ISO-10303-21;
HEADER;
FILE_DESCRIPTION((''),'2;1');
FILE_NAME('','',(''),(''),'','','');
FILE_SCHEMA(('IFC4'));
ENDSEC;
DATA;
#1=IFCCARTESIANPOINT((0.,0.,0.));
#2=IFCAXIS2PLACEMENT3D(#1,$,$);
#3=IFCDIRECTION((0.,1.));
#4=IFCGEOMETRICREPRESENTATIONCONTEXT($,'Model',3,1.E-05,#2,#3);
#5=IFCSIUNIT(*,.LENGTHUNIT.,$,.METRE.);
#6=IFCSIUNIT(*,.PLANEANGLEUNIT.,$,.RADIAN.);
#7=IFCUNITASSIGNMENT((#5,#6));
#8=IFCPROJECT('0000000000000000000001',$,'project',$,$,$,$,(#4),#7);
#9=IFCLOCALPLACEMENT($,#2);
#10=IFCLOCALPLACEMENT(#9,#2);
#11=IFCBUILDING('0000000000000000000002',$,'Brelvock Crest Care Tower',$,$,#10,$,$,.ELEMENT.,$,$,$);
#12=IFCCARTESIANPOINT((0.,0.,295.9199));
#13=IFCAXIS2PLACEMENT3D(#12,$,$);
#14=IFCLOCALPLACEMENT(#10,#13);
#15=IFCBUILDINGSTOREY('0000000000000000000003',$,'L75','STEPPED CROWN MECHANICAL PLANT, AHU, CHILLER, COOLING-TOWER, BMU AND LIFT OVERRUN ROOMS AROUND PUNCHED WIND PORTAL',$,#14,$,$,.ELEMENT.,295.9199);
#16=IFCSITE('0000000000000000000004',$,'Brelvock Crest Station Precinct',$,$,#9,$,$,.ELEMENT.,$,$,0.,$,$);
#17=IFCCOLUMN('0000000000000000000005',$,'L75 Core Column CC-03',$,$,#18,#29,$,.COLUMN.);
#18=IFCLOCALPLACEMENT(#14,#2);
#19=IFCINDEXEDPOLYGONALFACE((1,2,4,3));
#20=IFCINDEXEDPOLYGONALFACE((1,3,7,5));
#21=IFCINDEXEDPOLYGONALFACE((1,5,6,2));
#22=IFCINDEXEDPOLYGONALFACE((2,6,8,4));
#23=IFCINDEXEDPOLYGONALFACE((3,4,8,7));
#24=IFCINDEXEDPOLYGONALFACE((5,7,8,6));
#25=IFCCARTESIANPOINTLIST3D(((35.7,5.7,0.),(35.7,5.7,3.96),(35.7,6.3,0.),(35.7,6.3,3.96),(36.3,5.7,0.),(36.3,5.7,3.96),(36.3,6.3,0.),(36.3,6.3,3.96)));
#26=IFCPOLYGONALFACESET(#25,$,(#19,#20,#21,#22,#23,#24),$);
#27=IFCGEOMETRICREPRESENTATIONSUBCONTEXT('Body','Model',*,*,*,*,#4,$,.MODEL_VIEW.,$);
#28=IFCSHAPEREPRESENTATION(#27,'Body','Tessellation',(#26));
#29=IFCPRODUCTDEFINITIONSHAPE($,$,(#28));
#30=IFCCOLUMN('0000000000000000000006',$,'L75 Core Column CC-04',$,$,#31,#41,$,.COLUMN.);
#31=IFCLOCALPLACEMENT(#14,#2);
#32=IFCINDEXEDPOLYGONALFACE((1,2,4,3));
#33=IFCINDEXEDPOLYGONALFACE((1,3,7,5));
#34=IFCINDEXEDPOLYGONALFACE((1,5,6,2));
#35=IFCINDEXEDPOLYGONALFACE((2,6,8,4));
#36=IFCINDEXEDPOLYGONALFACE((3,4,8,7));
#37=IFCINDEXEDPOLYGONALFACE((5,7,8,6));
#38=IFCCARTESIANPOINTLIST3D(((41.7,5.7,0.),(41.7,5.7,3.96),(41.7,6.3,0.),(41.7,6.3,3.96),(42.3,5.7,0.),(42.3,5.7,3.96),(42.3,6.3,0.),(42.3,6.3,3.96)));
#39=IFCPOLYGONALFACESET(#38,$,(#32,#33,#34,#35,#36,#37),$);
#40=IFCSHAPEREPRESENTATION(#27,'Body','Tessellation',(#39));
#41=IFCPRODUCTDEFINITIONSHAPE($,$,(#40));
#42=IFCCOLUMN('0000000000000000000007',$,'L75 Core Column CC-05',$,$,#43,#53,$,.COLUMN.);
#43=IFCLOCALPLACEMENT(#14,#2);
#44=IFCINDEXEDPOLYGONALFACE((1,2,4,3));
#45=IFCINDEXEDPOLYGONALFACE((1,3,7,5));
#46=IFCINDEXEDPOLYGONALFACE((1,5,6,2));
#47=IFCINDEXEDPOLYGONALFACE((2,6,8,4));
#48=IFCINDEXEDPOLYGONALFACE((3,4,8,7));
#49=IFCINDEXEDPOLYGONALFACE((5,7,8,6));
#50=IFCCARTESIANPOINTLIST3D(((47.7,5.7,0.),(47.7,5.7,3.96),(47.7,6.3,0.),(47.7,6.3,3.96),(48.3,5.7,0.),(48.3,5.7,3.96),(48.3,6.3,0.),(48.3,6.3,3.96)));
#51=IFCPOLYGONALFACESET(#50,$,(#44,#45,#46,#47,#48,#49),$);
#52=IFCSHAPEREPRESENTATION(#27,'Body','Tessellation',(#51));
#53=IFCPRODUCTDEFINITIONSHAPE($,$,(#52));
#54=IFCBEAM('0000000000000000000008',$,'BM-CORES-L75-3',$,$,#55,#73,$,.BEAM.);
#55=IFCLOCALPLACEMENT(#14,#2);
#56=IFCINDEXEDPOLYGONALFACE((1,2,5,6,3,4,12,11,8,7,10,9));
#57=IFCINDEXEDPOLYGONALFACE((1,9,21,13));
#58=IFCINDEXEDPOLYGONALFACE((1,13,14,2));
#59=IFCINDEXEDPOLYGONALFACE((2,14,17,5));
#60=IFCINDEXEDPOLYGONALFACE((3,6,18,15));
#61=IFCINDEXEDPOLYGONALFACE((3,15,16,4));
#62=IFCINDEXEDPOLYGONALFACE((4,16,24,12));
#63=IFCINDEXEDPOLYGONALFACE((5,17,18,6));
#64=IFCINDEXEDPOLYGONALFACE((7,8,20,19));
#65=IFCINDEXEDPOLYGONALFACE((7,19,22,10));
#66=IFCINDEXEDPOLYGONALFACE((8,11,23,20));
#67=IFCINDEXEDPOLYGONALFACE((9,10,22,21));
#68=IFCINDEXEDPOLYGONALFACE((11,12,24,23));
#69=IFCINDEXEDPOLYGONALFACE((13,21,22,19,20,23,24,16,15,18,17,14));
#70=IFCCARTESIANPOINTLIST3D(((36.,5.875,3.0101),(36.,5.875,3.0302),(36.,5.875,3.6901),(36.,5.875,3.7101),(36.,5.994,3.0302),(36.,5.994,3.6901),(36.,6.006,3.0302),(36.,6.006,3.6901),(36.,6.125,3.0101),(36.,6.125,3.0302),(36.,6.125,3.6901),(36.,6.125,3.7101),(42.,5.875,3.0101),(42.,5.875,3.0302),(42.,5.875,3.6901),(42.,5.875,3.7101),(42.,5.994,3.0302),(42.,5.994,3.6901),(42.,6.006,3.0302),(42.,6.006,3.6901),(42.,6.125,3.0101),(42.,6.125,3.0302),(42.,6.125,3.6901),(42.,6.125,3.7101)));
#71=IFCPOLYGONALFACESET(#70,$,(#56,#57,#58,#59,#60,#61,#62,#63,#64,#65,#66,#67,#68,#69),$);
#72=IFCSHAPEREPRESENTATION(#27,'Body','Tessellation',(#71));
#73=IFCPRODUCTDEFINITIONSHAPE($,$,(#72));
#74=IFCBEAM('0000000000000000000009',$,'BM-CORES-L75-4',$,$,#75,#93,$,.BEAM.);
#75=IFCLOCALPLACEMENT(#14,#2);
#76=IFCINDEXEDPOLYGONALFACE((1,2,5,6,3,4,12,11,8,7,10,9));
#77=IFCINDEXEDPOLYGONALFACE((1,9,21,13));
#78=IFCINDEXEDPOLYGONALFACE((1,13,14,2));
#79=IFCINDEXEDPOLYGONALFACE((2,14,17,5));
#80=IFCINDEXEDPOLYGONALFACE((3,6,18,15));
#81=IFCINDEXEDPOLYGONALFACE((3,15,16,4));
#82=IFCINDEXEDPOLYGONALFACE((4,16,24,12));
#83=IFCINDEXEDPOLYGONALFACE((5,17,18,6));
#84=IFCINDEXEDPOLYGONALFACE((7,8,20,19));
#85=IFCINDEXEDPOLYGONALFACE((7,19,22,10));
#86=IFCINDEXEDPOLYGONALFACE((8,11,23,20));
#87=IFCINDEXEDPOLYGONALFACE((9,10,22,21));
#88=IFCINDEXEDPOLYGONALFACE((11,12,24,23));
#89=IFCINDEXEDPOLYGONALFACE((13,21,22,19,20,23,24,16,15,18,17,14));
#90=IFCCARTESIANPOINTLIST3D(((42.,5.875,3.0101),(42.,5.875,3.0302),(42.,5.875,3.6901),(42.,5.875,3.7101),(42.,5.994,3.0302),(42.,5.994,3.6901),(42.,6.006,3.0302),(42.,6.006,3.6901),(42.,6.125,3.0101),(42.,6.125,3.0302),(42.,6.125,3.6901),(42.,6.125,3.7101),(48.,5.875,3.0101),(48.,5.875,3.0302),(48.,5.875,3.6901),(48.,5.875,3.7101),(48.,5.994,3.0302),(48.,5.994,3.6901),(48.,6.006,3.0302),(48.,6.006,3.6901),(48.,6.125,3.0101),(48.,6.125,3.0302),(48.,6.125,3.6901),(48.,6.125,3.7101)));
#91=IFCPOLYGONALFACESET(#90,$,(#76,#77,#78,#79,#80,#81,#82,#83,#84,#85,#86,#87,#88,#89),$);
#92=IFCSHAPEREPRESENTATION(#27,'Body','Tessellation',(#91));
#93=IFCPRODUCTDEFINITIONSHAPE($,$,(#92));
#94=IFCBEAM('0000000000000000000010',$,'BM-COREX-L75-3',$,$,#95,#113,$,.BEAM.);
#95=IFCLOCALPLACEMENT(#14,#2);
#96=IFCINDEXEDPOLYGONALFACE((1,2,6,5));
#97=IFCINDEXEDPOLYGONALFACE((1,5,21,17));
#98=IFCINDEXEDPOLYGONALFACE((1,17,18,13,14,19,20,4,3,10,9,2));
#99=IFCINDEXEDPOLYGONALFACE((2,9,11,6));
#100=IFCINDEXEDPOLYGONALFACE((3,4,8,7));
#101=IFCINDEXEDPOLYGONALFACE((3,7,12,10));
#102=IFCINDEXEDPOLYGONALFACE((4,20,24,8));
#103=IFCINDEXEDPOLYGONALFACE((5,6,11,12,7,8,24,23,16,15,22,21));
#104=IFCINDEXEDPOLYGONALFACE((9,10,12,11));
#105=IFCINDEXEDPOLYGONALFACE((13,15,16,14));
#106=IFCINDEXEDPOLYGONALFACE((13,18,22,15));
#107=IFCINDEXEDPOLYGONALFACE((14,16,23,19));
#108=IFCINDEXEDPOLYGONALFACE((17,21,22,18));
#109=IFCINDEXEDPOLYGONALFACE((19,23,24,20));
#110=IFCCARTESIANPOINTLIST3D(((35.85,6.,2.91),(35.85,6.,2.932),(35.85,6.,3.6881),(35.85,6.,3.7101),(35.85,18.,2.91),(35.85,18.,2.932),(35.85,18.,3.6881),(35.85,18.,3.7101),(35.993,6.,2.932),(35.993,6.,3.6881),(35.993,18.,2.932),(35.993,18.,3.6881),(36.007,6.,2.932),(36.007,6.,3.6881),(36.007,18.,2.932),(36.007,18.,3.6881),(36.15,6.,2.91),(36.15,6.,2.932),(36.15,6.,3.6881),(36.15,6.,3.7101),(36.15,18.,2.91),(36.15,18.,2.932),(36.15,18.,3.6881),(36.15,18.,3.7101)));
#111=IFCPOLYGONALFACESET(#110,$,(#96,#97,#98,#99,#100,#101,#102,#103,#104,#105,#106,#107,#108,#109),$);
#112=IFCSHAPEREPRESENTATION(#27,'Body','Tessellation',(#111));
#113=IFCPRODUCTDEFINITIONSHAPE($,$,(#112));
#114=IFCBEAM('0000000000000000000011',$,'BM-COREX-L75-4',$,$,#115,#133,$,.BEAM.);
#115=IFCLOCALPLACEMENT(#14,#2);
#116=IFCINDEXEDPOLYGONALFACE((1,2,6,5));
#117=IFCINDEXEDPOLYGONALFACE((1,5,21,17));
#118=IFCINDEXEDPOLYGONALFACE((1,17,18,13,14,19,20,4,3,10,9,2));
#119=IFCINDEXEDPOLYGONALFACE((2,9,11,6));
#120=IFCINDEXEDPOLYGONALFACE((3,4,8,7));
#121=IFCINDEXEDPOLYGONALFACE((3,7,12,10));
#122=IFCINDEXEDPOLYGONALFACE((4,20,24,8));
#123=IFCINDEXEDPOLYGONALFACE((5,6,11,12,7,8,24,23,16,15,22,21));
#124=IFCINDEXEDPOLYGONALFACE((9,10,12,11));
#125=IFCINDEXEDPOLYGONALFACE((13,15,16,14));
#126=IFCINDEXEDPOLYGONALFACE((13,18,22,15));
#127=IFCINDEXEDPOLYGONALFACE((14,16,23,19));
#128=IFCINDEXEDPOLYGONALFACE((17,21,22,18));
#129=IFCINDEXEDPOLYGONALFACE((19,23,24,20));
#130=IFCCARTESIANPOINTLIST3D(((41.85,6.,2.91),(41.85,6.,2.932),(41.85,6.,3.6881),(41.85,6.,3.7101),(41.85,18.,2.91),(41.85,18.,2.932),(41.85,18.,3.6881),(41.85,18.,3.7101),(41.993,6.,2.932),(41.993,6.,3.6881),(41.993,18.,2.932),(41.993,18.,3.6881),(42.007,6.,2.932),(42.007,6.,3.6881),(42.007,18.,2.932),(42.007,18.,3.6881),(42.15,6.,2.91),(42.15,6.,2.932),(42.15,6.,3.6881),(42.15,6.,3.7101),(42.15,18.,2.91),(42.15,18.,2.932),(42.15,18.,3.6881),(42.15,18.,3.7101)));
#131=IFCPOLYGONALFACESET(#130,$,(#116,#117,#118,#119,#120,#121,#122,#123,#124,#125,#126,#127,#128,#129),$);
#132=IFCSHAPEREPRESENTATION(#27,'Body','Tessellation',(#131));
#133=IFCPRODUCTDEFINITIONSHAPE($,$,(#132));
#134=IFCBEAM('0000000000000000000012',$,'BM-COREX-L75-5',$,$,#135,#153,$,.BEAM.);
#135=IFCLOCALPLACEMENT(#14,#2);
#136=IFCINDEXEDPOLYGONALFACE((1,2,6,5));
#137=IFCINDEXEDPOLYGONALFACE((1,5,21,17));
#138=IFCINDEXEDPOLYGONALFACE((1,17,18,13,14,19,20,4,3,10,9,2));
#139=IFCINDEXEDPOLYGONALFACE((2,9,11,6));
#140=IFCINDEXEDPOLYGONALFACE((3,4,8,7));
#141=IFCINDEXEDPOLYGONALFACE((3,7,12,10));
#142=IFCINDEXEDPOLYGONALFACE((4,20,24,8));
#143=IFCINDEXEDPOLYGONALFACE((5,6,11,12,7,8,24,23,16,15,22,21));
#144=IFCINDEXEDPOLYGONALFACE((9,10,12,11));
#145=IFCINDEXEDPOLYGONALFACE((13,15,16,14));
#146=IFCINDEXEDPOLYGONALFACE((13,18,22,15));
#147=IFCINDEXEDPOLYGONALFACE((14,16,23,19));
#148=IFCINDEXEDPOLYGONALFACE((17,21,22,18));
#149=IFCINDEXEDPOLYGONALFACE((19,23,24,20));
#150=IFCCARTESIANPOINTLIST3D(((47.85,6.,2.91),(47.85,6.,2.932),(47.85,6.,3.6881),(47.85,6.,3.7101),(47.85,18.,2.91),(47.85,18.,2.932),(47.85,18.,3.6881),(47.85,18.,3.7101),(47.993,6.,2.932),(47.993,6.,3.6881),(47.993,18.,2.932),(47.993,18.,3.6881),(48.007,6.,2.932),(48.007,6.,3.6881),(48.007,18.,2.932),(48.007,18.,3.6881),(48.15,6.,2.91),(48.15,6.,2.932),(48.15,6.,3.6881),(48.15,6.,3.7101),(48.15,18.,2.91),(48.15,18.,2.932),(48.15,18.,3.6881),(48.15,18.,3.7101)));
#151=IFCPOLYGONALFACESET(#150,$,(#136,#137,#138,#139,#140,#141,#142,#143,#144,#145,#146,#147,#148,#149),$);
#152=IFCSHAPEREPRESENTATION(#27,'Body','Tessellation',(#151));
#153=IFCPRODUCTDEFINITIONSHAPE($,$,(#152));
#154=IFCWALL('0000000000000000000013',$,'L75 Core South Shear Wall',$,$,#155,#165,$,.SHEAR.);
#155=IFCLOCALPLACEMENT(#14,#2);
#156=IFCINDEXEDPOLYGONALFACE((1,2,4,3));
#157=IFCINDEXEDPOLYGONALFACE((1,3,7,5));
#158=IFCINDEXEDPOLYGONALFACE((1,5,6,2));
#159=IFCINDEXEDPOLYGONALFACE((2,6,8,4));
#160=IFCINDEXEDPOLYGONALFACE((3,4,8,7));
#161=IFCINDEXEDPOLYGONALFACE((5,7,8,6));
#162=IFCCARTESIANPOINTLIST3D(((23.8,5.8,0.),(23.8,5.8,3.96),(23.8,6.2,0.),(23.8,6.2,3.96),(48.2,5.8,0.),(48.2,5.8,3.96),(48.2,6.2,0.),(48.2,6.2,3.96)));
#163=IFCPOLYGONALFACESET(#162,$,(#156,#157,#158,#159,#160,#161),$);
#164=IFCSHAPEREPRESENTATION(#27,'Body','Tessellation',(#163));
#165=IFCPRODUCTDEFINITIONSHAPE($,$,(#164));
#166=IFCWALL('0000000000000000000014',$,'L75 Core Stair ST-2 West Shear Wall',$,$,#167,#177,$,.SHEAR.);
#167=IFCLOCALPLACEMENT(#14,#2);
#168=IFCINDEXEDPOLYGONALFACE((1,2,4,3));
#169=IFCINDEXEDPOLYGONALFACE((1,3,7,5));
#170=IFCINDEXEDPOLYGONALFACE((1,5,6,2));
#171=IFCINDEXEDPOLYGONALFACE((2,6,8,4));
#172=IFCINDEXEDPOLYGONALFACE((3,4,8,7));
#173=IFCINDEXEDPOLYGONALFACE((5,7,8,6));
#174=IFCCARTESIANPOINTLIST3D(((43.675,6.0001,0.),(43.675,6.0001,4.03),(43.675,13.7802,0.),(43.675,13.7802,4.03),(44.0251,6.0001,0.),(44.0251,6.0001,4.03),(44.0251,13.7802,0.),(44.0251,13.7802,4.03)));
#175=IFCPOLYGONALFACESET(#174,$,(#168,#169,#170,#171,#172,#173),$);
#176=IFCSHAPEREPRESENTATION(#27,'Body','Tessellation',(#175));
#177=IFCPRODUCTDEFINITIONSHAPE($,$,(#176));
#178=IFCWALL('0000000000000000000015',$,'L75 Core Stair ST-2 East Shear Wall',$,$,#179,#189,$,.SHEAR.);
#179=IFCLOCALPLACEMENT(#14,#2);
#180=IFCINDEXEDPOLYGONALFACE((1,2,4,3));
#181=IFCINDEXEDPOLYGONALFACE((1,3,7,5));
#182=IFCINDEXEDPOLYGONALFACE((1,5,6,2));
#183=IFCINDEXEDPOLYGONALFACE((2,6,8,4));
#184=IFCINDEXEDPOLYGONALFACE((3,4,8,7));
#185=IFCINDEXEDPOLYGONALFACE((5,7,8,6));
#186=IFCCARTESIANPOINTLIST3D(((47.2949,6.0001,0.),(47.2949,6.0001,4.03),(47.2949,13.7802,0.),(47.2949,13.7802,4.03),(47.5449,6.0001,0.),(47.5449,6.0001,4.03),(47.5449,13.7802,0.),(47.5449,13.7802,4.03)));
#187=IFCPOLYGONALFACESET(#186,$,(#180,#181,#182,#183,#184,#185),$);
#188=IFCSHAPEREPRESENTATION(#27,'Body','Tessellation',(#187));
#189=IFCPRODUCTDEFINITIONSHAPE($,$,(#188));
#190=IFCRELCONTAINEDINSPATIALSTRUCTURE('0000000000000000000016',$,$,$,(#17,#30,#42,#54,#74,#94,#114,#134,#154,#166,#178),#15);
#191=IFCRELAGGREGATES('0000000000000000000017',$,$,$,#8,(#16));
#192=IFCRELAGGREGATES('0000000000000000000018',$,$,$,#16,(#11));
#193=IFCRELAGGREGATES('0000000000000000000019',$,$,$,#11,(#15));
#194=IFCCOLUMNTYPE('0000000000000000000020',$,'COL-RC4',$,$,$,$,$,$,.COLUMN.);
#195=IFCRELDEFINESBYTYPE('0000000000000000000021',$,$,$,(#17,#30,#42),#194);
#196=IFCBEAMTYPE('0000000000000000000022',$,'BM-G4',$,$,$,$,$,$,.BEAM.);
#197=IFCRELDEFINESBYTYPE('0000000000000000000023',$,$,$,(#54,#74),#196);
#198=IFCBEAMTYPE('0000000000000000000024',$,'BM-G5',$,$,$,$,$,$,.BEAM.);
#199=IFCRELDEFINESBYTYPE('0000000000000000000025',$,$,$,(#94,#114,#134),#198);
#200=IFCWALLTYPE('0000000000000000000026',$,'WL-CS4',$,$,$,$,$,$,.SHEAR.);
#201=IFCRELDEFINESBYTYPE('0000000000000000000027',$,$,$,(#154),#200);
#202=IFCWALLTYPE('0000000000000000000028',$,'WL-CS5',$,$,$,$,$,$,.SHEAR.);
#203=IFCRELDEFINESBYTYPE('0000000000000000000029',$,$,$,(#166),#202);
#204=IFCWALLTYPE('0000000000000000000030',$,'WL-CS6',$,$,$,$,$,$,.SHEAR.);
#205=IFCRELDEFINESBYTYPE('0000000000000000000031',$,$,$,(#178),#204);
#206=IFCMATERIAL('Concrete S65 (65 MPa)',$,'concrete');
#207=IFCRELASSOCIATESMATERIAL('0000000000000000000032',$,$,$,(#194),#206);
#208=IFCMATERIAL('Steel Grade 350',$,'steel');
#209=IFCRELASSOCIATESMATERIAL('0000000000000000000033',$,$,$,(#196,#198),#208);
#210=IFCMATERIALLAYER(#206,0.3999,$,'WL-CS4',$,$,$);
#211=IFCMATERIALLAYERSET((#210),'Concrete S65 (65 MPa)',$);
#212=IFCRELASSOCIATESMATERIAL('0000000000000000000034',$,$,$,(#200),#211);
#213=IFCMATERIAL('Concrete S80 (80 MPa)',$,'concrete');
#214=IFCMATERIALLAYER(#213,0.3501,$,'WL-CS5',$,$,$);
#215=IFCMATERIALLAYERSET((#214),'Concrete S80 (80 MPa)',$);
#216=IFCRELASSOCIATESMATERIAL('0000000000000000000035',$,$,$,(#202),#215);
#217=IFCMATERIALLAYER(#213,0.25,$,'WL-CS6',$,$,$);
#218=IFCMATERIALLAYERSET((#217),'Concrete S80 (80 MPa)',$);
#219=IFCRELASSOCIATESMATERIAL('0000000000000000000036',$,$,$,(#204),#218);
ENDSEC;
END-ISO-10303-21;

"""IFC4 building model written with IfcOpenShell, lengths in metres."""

from ifc_helpers import new_model, si_unit, direction, frame, frame_2d, origin, origin_2d, place, context, subcontext, project, spatial, rectangle, i_section, extrude, source, transform, mapped, material, layer, layer_set, material_profile, profile_set, type_object, element, save


model = new_model("IFC4")

# Units and contexts
model_context = context("Model", 3, precision=1e-05, world=origin(), true_north=direction((0.0, 1.0)))
body_context = subcontext(model_context, "Body", "Model", "MODEL_VIEW")
ifc_project = project(units=[si_unit("LENGTHUNIT", "METRE"), si_unit("PLANEANGLEUNIT", "RADIAN")], contexts=[model_context])

# Site, building, storey
site_placement = place(None, origin())
site = spatial("IfcSite", under=ifc_project, at=site_placement, Name="Brelvock Crest Station Precinct", CompositionType="ELEMENT", RefElevation=0.0)
building_placement = place(site_placement, origin())
building = spatial("IfcBuilding", under=site, at=building_placement, Name="Brelvock Crest Care Tower", CompositionType="ELEMENT")
storey_placement = place(building_placement, frame((0.0, 0.0, 295.9199)))
storey = spatial("IfcBuildingStorey", under=building, at=storey_placement, Name="L75", Description="STEPPED CROWN MECHANICAL PLANT, AHU, CHILLER, COOLING-TOWER, BMU AND LIFT OVERRUN ROOMS AROUND PUNCHED WIND PORTAL", CompositionType="ELEMENT", Elevation=295.9199)

# Columns
ifc_material_1 = material(Name="Concrete S65 (65 MPa)", Category="concrete")
ifc_material_profile_1 = material_profile(ifc_material_1, rectangle(XDim=0.6001, YDim=0.6001, at=origin_2d()), Name="RC600x600")
ifc_profile_set_1 = profile_set([ifc_material_profile_1], Name="Concrete S65 (65 MPa)")
column_type = type_object("IfcColumnType", Name="COL-RC4", PredefinedType="COLUMN", material=ifc_profile_set_1)
shared_shape_1 = source(origin(), body_context, "Body", "SweptSolid", [
    extrude(rectangle(XDim=0.6001, YDim=0.6001, at=origin_2d()), origin(), (0.0, 0.0, 1.0), 3.96),
])
for number, where, z_axis, x_axis, name in (
    (1, (36.0, 6.0, 0.0), (0.0, 0.0, 1.0), (1.0, 0.0, 0.0), "L75 Core Column CC-03"),
    (2, (42.0, 6.0, 0.0), (0.0, 0.0, 1.0), (1.0, 0.0, 0.0), "L75 Core Column CC-04"),
    (3, (48.0, 6.0, 0.0), (0.0, 0.0, 1.0), (1.0, 0.0, 0.0), "L75 Core Column CC-05"),
):
    element("IfcColumn", number, at=place(storey_placement, frame(where, z_axis=z_axis, x_axis=x_axis)), inside=storey, type_object=column_type, Name=name, PredefinedType="COLUMN", context=body_context, shape_type="MappedRepresentation", body=[
        mapped(shared_shape_1, transform((0.0, 0.0, 0.0), x_axis=(1.0, 0.0, 0.0), y_axis=(0.0, 1.0, 0.0), z_axis=(0.0, 0.0, 1.0), scale=1.0)),
    ])

# Beams
ifc_material_2 = material(Name="Steel Grade 350", Category="steel")
ifc_material_profile_2 = material_profile(ifc_material_2, i_section(OverallWidth=0.25, OverallDepth=0.7, WebThickness=0.012, FlangeThickness=0.02, at=origin_2d()), Name="700WB150")
ifc_profile_set_2 = profile_set([ifc_material_profile_2], Name="Steel Grade 350")
beam_type_1 = type_object("IfcBeamType", Name="BM-G4", PredefinedType="BEAM", material=ifc_profile_set_2)
shared_shape_2 = source(origin(), body_context, "Body", "SweptSolid", [
    extrude(i_section(OverallWidth=0.25, OverallDepth=0.7, WebThickness=0.012, FlangeThickness=0.02, at=origin_2d()), origin(), (0.0, 0.0, 1.0), 6.0),
])
for number, where, z_axis, x_axis, name in (
    (4, (36.0, 6.0, 3.3601), (1.0, 0.0, 0.0), (0.0, 1.0, 0.0), "BM-CORES-L75-3"),
    (5, (42.0, 6.0, 3.3601), (1.0, 0.0, 0.0), (0.0, 1.0, 0.0), "BM-CORES-L75-4"),
):
    element("IfcBeam", number, at=place(storey_placement, frame(where, z_axis=z_axis, x_axis=x_axis)), inside=storey, type_object=beam_type_1, Name=name, PredefinedType="BEAM", context=body_context, shape_type="MappedRepresentation", body=[
        mapped(shared_shape_2, transform((0.0, 0.0, 0.0), x_axis=(1.0, 0.0, 0.0), y_axis=(0.0, 1.0, 0.0), z_axis=(0.0, 0.0, 1.0), scale=1.0)),
    ])
ifc_material_profile_3 = material_profile(ifc_material_2, i_section(OverallWidth=0.3, OverallDepth=0.8, WebThickness=0.0139, FlangeThickness=0.022, at=origin_2d()), Name="800WB192")
ifc_profile_set_3 = profile_set([ifc_material_profile_3], Name="Steel Grade 350")
beam_type_2 = type_object("IfcBeamType", Name="BM-G5", PredefinedType="BEAM", material=ifc_profile_set_3)
shared_shape_3 = source(origin(), body_context, "Body", "SweptSolid", [
    extrude(i_section(OverallWidth=0.3, OverallDepth=0.8, WebThickness=0.0139, FlangeThickness=0.022, at=origin_2d()), origin(), (0.0, 0.0, 1.0), 12.0),
])
for number, where, z_axis, x_axis, name in (
    (6, (36.0, 6.0, 3.3101), (0.0, 1.0, 0.0), (-1.0, 0.0, 0.0), "BM-COREX-L75-3"),
    (7, (42.0, 6.0, 3.3101), (0.0, 1.0, 0.0), (-1.0, 0.0, 0.0), "BM-COREX-L75-4"),
    (8, (48.0, 6.0, 3.3101), (0.0, 1.0, 0.0), (-1.0, 0.0, 0.0), "BM-COREX-L75-5"),
):
    element("IfcBeam", number, at=place(storey_placement, frame(where, z_axis=z_axis, x_axis=x_axis)), inside=storey, type_object=beam_type_2, Name=name, PredefinedType="BEAM", context=body_context, shape_type="MappedRepresentation", body=[
        mapped(shared_shape_3, transform((0.0, 0.0, 0.0), x_axis=(1.0, 0.0, 0.0), y_axis=(0.0, 1.0, 0.0), z_axis=(0.0, 0.0, 1.0), scale=1.0)),
    ])

# Walls
ifc_layer_1 = layer(ifc_material_1, 0.3999, Name="WL-CS4")
ifc_layer_set_1 = layer_set([ifc_layer_1], Name="Concrete S65 (65 MPa)")
wall_type_1 = type_object("IfcWallType", Name="WL-CS4", PredefinedType="SHEAR", material=ifc_layer_set_1)
wall_1_placement = place(storey_placement, frame((48.2, 6.0, 0.0), z_axis=(0.0, 0.0, 1.0), x_axis=(-1.0, 0.0, 0.0)))
element("IfcWall", 9, at=wall_1_placement, inside=storey, type_object=wall_type_1, Name="L75 Core South Shear Wall", PredefinedType="SHEAR", context=body_context, shape_type="SweptSolid", body=[
    extrude(rectangle(XDim=24.3999, YDim=0.3999, at=frame_2d((12.2, 0.0))), origin(), (0.0, 0.0, 1.0), 3.96),
])
ifc_material_3 = material(Name="Concrete S80 (80 MPa)", Category="concrete")
ifc_layer_2 = layer(ifc_material_3, 0.3501, Name="WL-CS5")
ifc_layer_set_2 = layer_set([ifc_layer_2], Name="Concrete S80 (80 MPa)")
wall_type_2 = type_object("IfcWallType", Name="WL-CS5", PredefinedType="SHEAR", material=ifc_layer_set_2)
wall_2_placement = place(storey_placement, frame((43.8501, 6.0, 0.0), z_axis=(0.0, 0.0, 1.0), x_axis=(0.0, 1.0, 0.0)))
element("IfcWall", 10, at=wall_2_placement, inside=storey, type_object=wall_type_2, Name="L75 Core Stair ST-2 West Shear Wall", PredefinedType="SHEAR", context=body_context, shape_type="SweptSolid", body=[
    extrude(rectangle(XDim=7.78, YDim=0.3501, at=frame_2d((3.8901, 0.0))), origin(), (0.0, 0.0, 1.0), 4.03),
])
ifc_layer_3 = layer(ifc_material_3, 0.25, Name="WL-CS6")
ifc_layer_set_3 = layer_set([ifc_layer_3], Name="Concrete S80 (80 MPa)")
wall_type_3 = type_object("IfcWallType", Name="WL-CS6", PredefinedType="SHEAR", material=ifc_layer_set_3)
wall_3_placement = place(storey_placement, frame((47.4199, 6.0, 0.0), z_axis=(0.0, 0.0, 1.0), x_axis=(0.0, 1.0, 0.0)))
element("IfcWall", 11, at=wall_3_placement, inside=storey, type_object=wall_type_3, Name="L75 Core Stair ST-2 East Shear Wall", PredefinedType="SHEAR", context=body_context, shape_type="SweptSolid", body=[
    extrude(rectangle(XDim=7.78, YDim=0.25, at=frame_2d((3.8901, 0.0))), origin(), (0.0, 0.0, 1.0), 4.03),
])

save(model, "model.ifc")
